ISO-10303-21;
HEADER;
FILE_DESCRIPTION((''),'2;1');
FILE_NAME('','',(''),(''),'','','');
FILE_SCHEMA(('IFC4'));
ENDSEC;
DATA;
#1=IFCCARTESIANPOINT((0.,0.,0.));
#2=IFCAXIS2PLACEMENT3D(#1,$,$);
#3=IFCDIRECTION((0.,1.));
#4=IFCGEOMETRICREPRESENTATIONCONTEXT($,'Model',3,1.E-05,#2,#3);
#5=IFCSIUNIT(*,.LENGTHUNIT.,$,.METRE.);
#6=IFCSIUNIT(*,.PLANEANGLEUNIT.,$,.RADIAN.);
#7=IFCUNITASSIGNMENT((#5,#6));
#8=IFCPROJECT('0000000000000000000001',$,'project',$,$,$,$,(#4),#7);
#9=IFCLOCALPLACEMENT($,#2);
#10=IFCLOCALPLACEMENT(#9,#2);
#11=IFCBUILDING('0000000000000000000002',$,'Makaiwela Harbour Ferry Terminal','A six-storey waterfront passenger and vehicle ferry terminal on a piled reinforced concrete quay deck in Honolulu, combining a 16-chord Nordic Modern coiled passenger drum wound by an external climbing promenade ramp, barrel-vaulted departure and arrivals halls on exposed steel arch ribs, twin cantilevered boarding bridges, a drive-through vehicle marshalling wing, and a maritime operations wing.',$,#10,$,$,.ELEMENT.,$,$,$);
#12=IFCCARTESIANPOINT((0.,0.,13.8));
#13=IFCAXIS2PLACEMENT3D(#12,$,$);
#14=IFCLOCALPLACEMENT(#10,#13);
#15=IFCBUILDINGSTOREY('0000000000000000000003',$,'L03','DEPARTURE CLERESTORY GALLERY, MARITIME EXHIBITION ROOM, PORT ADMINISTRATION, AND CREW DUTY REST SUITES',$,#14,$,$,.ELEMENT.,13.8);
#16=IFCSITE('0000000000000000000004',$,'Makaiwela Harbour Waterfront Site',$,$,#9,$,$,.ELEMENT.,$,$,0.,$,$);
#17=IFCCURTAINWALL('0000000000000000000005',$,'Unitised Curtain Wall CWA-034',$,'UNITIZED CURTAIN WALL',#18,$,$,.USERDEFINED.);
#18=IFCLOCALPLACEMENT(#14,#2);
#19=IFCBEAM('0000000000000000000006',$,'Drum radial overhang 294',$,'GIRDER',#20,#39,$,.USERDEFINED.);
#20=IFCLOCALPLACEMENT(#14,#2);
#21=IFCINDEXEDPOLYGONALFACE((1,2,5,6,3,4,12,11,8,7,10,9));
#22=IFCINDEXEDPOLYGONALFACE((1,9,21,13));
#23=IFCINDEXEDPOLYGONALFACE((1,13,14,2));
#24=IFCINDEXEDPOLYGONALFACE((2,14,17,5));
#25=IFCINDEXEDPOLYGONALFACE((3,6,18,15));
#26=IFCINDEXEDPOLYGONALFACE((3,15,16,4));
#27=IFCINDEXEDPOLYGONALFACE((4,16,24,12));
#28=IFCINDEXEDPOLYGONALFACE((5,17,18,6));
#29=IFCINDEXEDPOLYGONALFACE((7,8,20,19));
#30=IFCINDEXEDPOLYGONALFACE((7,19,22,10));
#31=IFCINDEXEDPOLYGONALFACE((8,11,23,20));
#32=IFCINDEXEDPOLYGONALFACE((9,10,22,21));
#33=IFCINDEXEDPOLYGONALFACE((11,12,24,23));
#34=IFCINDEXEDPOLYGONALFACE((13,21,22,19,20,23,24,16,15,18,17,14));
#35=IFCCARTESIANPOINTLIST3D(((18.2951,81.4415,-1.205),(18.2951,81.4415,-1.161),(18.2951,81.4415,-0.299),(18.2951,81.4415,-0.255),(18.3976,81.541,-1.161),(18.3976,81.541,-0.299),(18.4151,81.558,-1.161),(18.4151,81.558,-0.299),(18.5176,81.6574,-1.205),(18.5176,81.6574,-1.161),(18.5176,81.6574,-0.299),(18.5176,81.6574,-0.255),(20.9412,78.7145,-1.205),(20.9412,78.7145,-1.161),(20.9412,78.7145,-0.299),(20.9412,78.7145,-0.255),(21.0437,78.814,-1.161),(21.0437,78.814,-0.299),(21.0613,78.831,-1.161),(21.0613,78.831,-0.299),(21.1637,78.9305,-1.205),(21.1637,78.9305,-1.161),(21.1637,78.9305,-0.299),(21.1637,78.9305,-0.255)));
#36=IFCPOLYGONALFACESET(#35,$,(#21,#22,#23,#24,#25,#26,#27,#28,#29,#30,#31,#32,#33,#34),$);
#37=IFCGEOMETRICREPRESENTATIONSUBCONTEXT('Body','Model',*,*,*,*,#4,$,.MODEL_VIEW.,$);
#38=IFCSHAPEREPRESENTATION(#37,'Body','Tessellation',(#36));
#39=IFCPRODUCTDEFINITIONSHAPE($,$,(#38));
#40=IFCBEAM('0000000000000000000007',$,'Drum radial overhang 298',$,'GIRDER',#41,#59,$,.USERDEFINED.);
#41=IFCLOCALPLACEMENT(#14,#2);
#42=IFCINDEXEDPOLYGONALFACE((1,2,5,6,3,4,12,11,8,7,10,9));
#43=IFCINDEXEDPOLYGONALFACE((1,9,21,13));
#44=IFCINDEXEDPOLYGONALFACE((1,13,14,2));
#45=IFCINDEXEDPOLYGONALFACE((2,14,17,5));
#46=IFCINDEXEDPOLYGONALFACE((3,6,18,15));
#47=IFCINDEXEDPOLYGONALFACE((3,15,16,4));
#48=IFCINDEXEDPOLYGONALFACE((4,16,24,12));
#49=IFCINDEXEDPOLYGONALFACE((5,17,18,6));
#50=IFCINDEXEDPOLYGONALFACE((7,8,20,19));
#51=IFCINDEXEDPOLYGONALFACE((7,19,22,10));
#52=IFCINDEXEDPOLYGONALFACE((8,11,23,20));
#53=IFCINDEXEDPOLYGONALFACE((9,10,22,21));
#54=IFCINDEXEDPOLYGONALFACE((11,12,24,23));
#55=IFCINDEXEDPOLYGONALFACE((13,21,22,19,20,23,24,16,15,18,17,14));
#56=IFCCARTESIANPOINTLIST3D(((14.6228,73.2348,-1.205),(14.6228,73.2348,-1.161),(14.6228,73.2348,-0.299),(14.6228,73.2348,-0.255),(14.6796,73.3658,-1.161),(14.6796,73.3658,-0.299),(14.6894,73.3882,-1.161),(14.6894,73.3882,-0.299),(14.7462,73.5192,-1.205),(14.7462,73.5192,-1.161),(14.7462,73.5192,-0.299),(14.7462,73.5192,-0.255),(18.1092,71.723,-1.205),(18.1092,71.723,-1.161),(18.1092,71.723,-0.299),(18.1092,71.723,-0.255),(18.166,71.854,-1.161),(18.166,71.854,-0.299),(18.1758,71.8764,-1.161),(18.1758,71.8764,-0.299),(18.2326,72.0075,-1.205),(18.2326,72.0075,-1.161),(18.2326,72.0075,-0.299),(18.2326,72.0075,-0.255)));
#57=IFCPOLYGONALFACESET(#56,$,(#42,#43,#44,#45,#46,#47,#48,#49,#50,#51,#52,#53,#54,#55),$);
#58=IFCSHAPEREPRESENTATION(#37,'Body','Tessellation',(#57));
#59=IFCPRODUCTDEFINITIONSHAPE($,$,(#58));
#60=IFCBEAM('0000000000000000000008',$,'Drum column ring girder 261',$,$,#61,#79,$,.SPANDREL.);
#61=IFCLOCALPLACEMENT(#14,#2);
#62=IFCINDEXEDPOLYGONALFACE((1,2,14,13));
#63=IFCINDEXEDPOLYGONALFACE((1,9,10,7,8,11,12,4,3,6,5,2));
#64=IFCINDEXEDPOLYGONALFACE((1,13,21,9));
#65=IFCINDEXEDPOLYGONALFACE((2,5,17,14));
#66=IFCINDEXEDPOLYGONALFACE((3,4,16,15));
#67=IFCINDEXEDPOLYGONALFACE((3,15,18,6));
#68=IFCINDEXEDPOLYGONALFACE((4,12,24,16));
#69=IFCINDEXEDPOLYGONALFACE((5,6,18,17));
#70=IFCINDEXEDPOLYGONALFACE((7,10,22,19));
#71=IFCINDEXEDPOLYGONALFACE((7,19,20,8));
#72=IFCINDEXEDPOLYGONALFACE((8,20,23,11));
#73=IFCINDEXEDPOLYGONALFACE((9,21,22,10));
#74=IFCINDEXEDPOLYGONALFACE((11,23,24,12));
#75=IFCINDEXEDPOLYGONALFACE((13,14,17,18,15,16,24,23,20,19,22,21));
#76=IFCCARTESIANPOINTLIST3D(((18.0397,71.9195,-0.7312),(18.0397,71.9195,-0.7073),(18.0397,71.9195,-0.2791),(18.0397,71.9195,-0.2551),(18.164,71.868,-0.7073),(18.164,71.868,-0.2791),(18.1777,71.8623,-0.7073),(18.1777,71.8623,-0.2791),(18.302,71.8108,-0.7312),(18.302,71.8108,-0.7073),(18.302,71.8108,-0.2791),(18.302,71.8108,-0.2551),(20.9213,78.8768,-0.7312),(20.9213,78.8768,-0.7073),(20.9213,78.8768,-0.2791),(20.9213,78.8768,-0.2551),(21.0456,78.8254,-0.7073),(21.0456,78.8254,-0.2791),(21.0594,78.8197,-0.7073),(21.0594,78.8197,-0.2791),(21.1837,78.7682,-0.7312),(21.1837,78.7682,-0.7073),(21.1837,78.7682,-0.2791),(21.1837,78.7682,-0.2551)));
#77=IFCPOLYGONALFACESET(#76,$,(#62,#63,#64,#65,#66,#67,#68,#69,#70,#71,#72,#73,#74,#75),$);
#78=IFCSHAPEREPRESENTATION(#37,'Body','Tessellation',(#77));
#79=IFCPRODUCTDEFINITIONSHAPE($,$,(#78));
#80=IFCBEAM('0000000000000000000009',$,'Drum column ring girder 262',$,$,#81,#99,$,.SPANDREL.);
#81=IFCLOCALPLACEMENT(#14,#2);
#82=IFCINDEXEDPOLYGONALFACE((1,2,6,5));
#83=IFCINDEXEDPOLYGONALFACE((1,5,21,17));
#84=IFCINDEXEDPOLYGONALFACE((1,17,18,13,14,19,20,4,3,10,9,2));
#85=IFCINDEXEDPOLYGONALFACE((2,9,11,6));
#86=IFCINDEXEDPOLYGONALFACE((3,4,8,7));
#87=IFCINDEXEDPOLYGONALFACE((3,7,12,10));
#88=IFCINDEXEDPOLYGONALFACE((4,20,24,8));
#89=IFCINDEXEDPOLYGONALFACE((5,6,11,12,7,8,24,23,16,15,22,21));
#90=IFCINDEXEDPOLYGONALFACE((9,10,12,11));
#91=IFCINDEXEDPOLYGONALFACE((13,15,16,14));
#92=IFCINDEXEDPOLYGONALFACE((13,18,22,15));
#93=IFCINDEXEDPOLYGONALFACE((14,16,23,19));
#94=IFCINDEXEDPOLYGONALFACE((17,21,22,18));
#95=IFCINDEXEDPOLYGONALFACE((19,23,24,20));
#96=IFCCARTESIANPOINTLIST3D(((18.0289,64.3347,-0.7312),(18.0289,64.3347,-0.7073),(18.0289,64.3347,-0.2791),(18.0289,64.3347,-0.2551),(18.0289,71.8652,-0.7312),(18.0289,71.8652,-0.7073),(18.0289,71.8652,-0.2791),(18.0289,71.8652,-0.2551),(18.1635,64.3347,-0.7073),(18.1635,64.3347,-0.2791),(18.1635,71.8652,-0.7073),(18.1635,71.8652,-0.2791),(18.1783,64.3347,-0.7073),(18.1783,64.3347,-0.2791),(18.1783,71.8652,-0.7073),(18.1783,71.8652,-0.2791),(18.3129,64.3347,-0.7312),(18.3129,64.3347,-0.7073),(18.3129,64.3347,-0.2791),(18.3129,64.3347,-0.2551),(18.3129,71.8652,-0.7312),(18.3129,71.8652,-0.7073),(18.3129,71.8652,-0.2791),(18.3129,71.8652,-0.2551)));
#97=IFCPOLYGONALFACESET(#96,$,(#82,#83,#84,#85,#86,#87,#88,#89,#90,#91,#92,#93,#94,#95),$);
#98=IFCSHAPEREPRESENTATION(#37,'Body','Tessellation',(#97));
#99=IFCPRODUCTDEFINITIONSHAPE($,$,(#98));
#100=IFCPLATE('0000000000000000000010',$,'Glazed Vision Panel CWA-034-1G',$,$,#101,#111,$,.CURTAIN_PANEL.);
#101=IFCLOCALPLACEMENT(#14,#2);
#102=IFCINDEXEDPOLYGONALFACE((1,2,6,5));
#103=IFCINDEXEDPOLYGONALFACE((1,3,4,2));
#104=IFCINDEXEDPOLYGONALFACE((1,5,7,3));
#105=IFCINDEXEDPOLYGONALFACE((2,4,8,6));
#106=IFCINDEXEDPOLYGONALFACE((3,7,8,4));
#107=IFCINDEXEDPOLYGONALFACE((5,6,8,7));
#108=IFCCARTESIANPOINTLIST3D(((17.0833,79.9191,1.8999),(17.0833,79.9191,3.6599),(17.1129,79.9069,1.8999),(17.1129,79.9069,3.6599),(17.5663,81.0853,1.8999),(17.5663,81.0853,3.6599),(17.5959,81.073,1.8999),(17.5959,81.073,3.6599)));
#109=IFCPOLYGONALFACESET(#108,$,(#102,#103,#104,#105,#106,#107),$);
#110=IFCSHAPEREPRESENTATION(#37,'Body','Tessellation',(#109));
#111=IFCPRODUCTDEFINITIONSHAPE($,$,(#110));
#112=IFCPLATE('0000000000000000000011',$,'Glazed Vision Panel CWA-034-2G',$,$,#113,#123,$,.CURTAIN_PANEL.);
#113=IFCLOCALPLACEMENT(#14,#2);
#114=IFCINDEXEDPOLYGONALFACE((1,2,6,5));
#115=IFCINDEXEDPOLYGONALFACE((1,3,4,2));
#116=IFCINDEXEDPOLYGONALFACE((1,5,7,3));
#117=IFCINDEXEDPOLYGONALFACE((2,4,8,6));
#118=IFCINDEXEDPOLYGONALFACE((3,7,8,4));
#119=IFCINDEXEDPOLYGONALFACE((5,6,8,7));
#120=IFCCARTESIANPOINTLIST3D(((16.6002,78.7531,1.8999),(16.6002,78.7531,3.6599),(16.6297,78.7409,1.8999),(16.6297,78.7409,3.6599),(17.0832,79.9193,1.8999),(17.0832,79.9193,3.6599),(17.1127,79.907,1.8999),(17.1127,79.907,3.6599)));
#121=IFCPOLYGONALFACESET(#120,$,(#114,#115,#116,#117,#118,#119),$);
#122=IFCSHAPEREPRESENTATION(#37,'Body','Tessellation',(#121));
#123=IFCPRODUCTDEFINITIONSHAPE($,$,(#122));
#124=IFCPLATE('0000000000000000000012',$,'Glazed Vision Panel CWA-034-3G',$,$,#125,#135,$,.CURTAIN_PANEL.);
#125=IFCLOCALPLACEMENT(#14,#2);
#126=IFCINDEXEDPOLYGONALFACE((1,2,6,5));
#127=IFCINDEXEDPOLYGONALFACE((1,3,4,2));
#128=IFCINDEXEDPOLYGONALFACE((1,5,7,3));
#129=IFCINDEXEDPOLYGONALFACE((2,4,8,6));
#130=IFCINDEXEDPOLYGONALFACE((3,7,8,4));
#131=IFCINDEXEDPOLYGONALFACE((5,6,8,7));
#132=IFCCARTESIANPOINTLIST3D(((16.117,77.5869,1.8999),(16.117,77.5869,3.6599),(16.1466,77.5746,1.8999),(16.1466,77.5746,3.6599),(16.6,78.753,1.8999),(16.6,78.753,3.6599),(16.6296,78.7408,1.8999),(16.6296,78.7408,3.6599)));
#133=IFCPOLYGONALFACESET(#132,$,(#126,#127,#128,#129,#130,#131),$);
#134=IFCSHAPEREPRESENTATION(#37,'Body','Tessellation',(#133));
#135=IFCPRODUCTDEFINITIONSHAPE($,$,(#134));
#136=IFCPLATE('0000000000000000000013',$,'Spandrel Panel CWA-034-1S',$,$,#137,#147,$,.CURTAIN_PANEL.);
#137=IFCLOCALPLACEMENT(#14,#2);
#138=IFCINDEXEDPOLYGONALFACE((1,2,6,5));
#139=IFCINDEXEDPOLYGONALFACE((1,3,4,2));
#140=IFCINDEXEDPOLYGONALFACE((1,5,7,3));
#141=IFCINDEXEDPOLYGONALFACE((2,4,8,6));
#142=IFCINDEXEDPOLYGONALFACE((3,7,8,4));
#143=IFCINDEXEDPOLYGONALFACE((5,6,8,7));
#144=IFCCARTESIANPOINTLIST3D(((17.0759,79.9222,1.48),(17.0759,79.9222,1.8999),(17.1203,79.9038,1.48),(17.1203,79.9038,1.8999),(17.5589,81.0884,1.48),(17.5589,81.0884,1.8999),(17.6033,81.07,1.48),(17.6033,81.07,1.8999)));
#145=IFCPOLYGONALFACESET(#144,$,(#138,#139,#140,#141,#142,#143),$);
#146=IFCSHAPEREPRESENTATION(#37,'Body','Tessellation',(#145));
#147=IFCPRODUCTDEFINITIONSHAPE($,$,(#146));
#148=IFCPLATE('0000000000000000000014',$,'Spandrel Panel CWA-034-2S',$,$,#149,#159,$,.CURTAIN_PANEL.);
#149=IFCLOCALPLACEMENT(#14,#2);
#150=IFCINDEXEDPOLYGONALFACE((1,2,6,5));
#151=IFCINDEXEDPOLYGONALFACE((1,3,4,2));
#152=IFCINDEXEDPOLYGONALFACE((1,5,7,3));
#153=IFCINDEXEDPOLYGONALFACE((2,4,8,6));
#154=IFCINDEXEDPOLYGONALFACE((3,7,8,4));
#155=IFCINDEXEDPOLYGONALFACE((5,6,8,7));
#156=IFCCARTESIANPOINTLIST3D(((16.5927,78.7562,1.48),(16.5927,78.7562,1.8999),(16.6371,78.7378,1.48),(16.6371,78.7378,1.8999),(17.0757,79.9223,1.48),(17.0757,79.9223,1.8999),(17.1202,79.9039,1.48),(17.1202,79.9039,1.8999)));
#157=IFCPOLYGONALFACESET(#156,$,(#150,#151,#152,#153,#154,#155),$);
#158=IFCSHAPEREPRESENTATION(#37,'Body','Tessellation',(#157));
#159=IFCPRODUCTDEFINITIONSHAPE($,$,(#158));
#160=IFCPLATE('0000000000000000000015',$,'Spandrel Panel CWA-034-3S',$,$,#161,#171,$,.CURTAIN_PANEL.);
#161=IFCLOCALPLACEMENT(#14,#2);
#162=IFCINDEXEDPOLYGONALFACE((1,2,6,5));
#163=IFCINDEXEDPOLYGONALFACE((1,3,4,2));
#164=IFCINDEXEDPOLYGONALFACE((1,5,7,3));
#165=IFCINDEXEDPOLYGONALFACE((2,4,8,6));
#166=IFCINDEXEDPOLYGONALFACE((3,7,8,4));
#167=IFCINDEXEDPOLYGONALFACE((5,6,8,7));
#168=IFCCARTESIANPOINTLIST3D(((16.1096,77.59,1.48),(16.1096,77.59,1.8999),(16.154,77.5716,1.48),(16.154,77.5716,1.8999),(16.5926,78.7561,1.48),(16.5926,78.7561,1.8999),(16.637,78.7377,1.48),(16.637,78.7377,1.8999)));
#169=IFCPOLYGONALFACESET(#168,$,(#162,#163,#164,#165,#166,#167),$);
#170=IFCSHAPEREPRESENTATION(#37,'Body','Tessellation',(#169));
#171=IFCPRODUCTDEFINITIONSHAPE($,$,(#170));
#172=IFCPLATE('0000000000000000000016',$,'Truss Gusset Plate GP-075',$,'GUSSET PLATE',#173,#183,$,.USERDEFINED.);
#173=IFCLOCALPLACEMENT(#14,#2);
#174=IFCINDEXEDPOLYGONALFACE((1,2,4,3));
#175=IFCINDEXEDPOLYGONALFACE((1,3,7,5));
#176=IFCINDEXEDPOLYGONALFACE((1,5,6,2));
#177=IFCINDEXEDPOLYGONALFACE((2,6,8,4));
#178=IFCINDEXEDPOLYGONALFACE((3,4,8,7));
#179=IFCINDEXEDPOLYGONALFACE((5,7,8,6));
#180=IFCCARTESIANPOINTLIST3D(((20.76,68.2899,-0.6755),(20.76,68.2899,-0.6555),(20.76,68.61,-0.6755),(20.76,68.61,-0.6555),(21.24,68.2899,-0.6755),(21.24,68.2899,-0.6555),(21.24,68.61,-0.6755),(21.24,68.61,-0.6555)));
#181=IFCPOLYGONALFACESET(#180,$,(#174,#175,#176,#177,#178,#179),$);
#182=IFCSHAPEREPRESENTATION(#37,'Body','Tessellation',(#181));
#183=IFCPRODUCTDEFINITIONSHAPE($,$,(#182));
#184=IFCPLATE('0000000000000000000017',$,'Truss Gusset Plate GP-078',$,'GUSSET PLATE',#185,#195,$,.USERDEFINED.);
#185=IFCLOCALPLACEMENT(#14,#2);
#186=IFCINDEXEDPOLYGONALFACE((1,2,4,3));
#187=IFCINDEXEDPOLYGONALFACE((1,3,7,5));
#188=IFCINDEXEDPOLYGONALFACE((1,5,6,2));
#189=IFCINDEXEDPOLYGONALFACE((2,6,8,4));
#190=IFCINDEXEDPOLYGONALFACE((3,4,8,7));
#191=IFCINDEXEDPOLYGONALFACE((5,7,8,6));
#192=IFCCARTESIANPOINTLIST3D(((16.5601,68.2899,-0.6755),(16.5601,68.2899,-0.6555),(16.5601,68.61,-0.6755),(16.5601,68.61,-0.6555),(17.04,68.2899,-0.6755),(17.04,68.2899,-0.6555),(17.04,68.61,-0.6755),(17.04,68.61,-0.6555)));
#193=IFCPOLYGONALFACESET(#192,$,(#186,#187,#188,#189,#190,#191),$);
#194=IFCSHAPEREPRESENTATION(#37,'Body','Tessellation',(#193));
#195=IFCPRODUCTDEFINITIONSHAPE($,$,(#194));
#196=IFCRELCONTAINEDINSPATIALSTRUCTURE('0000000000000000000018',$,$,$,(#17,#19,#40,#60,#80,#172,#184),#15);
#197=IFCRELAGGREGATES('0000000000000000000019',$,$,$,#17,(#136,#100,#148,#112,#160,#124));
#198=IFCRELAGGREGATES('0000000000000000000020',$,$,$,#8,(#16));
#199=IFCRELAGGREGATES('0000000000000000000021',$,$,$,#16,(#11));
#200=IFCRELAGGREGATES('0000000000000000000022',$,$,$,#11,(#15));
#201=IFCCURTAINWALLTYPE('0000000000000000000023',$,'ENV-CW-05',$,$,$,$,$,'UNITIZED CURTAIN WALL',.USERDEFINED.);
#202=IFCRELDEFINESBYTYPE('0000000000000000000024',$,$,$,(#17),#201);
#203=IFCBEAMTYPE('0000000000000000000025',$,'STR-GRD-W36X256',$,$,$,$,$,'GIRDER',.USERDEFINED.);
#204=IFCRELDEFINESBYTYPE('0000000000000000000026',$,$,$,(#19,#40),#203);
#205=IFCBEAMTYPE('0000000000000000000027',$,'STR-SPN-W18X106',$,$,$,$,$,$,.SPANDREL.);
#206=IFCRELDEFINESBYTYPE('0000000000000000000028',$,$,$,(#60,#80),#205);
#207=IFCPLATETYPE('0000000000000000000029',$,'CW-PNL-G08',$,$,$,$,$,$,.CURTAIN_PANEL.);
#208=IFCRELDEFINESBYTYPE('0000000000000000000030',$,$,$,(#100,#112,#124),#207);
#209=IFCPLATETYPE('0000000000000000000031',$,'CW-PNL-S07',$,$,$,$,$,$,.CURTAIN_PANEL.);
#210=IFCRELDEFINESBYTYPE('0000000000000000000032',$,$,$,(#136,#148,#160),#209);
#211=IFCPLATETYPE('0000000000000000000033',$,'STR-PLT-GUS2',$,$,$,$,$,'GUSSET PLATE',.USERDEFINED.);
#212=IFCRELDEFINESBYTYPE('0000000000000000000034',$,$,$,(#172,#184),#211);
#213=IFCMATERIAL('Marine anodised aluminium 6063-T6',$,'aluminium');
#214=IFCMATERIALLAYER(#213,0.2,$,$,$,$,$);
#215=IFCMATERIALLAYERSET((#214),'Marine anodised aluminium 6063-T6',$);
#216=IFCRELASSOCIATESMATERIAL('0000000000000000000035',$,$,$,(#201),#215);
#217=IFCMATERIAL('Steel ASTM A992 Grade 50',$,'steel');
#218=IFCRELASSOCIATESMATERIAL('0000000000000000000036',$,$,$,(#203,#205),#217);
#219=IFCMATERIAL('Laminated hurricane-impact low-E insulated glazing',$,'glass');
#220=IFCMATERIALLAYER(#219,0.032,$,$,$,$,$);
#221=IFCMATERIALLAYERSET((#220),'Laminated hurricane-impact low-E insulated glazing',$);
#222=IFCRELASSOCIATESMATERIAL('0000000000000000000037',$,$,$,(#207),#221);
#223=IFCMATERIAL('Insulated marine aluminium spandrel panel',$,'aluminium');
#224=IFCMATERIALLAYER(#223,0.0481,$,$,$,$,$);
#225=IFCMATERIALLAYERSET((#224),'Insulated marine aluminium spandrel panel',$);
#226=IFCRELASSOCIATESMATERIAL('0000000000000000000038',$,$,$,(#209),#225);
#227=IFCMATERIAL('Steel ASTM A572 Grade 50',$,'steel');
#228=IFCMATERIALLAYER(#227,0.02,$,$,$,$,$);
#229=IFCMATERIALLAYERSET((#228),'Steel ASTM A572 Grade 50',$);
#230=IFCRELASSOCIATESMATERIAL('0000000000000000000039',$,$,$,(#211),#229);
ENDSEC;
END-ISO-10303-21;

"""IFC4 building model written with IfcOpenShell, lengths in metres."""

from ifc_helpers import new_model, si_unit, direction, frame, origin, origin_2d, place, context, subcontext, project, spatial, rectangle, i_section, extrude, material, layer, layer_set, material_profile, profile_set, type_object, element, aggregate, save


model = new_model("IFC4")

# Units and contexts
model_context = context("Model", 3, precision=1e-05, world=origin(), true_north=direction((0.0, 1.0)))
body_context = subcontext(model_context, "Body", "Model", "MODEL_VIEW")
ifc_project = project(units=[si_unit("LENGTHUNIT", "METRE"), si_unit("PLANEANGLEUNIT", "RADIAN")], contexts=[model_context])

# Site, building, storey
site_placement = place(None, origin())
site = spatial("IfcSite", under=ifc_project, at=site_placement, Name="Makaiwela Harbour Waterfront Site", CompositionType="ELEMENT", RefElevation=0.0)
building_placement = place(site_placement, origin())
building = spatial("IfcBuilding", under=site, at=building_placement, Name="Makaiwela Harbour Ferry Terminal", Description="A six-storey waterfront passenger and vehicle ferry terminal on a piled reinforced concrete quay deck in Honolulu, combining a 16-chord Nordic Modern coiled passenger drum wound by an external climbing promenade ramp, barrel-vaulted departure and arrivals halls on exposed steel arch ribs, twin cantilevered boarding bridges, a drive-through vehicle marshalling wing, and a maritime operations wing.", CompositionType="ELEMENT")
storey_placement = place(building_placement, frame((0.0, 0.0, 13.8)))
storey = spatial("IfcBuildingStorey", under=building, at=storey_placement, Name="L03", Description="DEPARTURE CLERESTORY GALLERY, MARITIME EXHIBITION ROOM, PORT ADMINISTRATION, AND CREW DUTY REST SUITES", CompositionType="ELEMENT", Elevation=13.8)

# Shared definitions
ifc_material_1 = material(Name="Steel ASTM A992 Grade 50", Category="steel")

# Curtain wall
ifc_material_2 = material(Name="Marine anodised aluminium 6063-T6", Category="aluminium")
ifc_layer_1 = layer(ifc_material_2, 0.2)
ifc_layer_set_1 = layer_set([ifc_layer_1], Name="Marine anodised aluminium 6063-T6")
curtain_wall_type = type_object("IfcCurtainWallType", Name="ENV-CW-05", ElementType="UNITIZED CURTAIN WALL", PredefinedType="USERDEFINED", material=ifc_layer_set_1)
curtain_wall_placement = place(storey_placement, origin())
curtain_wall = element("IfcCurtainWall", 1, at=curtain_wall_placement, inside=storey, type_object=curtain_wall_type, Name="Unitised Curtain Wall CWA-034", ObjectType="UNITIZED CURTAIN WALL", PredefinedType="USERDEFINED")

# Beams
ifc_material_profile_1 = material_profile(ifc_material_1, i_section(OverallWidth=0.3101, OverallDepth=0.95, WebThickness=0.0244, FlangeThickness=0.0439, at=origin_2d()), Name="W36X256")
ifc_profile_set_1 = profile_set([ifc_material_profile_1], Name="Steel ASTM A992 Grade 50")
beam_type_1 = type_object("IfcBeamType", Name="STR-GRD-W36X256", ElementType="GIRDER", PredefinedType="USERDEFINED", material=ifc_profile_set_1)
beam_1_placement = place(storey_placement, frame((21.0525, 78.8225, -0.73), z_axis=(-0.696394, 0.71766, 0.0), x_axis=(-0.71766, -0.696394, 0.0)))
element("IfcBeam", 2, at=beam_1_placement, inside=storey, type_object=beam_type_1, Name="Drum radial overhang 294", ObjectType="GIRDER", PredefinedType="USERDEFINED", context=body_context, shape_type="SweptSolid", body=[
    extrude(i_section(OverallWidth=0.3101, OverallDepth=0.95, WebThickness=0.0244, FlangeThickness=0.0439, at=origin_2d()), origin(), (0.0, 0.0, 1.0), 3.7998),
])
beam_2_placement = place(storey_placement, frame((18.1709, 71.8652, -0.73), z_axis=(-0.917462, 0.397824, 0.0), x_axis=(-0.397824, -0.917462, 0.0)))
element("IfcBeam", 3, at=beam_2_placement, inside=storey, type_object=beam_type_1, Name="Drum radial overhang 298", ObjectType="GIRDER", PredefinedType="USERDEFINED", context=body_context, shape_type="SweptSolid", body=[
    extrude(i_section(OverallWidth=0.3101, OverallDepth=0.95, WebThickness=0.0244, FlangeThickness=0.0439, at=origin_2d()), origin(), (0.0, 0.0, 1.0), 3.8),
])
ifc_material_profile_2 = material_profile(ifc_material_1, i_section(OverallWidth=0.2839, OverallDepth=0.4761, WebThickness=0.0149, FlangeThickness=0.0239, at=origin_2d()), Name="W18X106")
ifc_profile_set_2 = profile_set([ifc_material_profile_2], Name="Steel ASTM A992 Grade 50")
beam_type_2 = type_object("IfcBeamType", Name="STR-SPN-W18X106", PredefinedType="SPANDREL", material=ifc_profile_set_2)
for number, where, z_axis, x_axis, name in (
    (4, (21.0525, 78.8225, -0.4932), (-0.38266, -0.923889, 0.0), (0.923889, -0.38266, 0.0), "Drum column ring girder 261"),
    (5, (18.1709, 71.8652, -0.4932), (0.0, -1.0, 0.0), (1.0, 0.0, 0.0), "Drum column ring girder 262"),
):
    element("IfcBeam", number, at=place(storey_placement, frame(where, z_axis=z_axis, x_axis=x_axis)), inside=storey, type_object=beam_type_2, Name=name, PredefinedType="SPANDREL", context=body_context, shape_type="SweptSolid", body=[
        extrude(i_section(OverallWidth=0.2839, OverallDepth=0.4761, WebThickness=0.0149, FlangeThickness=0.0239, at=origin_2d()), origin(), (0.0, 0.0, 1.0), 7.5305),
    ])

# Plates
ifc_material_3 = material(Name="Laminated hurricane-impact low-E insulated glazing", Category="glass")
ifc_layer_2 = layer(ifc_material_3, 0.032)
ifc_layer_set_2 = layer_set([ifc_layer_2], Name="Laminated hurricane-impact low-E insulated glazing")
plate_type_1 = type_object("IfcPlateType", Name="CW-PNL-G08", PredefinedType="CURTAIN_PANEL", material=ifc_layer_set_2)
plate_1_placement = place(storey_placement, frame((17.3396, 80.4961, 1.8999), z_axis=(0.0, 0.0, 1.0), x_axis=(-0.382683, -0.92388, 0.0)))
plate_1 = element("IfcPlate", 6, at=plate_1_placement, type_object=plate_type_1, Name="Glazed Vision Panel CWA-034-1G", PredefinedType="CURTAIN_PANEL", context=body_context, shape_type="SweptSolid", body=[
    extrude(rectangle(XDim=1.2622, YDim=0.032, at=origin_2d()), origin(), (0.0, 0.0, 1.0), 1.76),
])
plate_2_placement = place(storey_placement, frame((16.8564, 79.3301, 1.8999), z_axis=(0.0, 0.0, 1.0), x_axis=(-0.382683, -0.92388, 0.0)))
plate_2 = element("IfcPlate", 7, at=plate_2_placement, type_object=plate_type_1, Name="Glazed Vision Panel CWA-034-2G", PredefinedType="CURTAIN_PANEL", context=body_context, shape_type="SweptSolid", body=[
    extrude(rectangle(XDim=1.2622, YDim=0.032, at=origin_2d()), origin(), (0.0, 0.0, 1.0), 1.76),
])
plate_3_placement = place(storey_placement, frame((16.3733, 78.1638, 1.8999), z_axis=(0.0, 0.0, 1.0), x_axis=(-0.382683, -0.92388, 0.0)))
plate_3 = element("IfcPlate", 8, at=plate_3_placement, type_object=plate_type_1, Name="Glazed Vision Panel CWA-034-3G", PredefinedType="CURTAIN_PANEL", context=body_context, shape_type="SweptSolid", body=[
    extrude(rectangle(XDim=1.2622, YDim=0.032, at=origin_2d()), origin(), (0.0, 0.0, 1.0), 1.76),
])
ifc_material_4 = material(Name="Insulated marine aluminium spandrel panel", Category="aluminium")
ifc_layer_3 = layer(ifc_material_4, 0.0481)
ifc_layer_set_3 = layer_set([ifc_layer_3], Name="Insulated marine aluminium spandrel panel")
plate_type_2 = type_object("IfcPlateType", Name="CW-PNL-S07", PredefinedType="CURTAIN_PANEL", material=ifc_layer_set_3)
plate_4_placement = place(storey_placement, frame((17.3396, 80.4961, 1.48), z_axis=(0.0, 0.0, 1.0), x_axis=(-0.382683, -0.92388, 0.0)))
plate_4 = element("IfcPlate", 9, at=plate_4_placement, type_object=plate_type_2, Name="Spandrel Panel CWA-034-1S", PredefinedType="CURTAIN_PANEL", context=body_context, shape_type="SweptSolid", body=[
    extrude(rectangle(XDim=1.2622, YDim=0.0481, at=origin_2d()), origin(), (0.0, 0.0, 1.0), 0.4199),
])
plate_5_placement = place(storey_placement, frame((16.8564, 79.3301, 1.48), z_axis=(0.0, 0.0, 1.0), x_axis=(-0.382683, -0.92388, 0.0)))
plate_5 = element("IfcPlate", 10, at=plate_5_placement, type_object=plate_type_2, Name="Spandrel Panel CWA-034-2S", PredefinedType="CURTAIN_PANEL", context=body_context, shape_type="SweptSolid", body=[
    extrude(rectangle(XDim=1.2622, YDim=0.0481, at=origin_2d()), origin(), (0.0, 0.0, 1.0), 0.4199),
])
plate_6_placement = place(storey_placement, frame((16.3733, 78.1638, 1.48), z_axis=(0.0, 0.0, 1.0), x_axis=(-0.382683, -0.92388, 0.0)))
plate_6 = element("IfcPlate", 11, at=plate_6_placement, type_object=plate_type_2, Name="Spandrel Panel CWA-034-3S", PredefinedType="CURTAIN_PANEL", context=body_context, shape_type="SweptSolid", body=[
    extrude(rectangle(XDim=1.2622, YDim=0.0481, at=origin_2d()), origin(), (0.0, 0.0, 1.0), 0.4199),
])
aggregate(curtain_wall, [plate_4, plate_1, plate_5, plate_2, plate_6, plate_3])

# Plates
ifc_material_5 = material(Name="Steel ASTM A572 Grade 50", Category="steel")
ifc_layer_4 = layer(ifc_material_5, 0.02)
ifc_layer_set_4 = layer_set([ifc_layer_4], Name="Steel ASTM A572 Grade 50")
plate_type_3 = type_object("IfcPlateType", Name="STR-PLT-GUS2", ElementType="GUSSET PLATE", PredefinedType="USERDEFINED", material=ifc_layer_set_4)
for number, where, z_axis, x_axis, name in (
    (12, (21.0, 68.45, -0.6755), (0.0, 0.0, 1.0), (1.0, 0.0, 0.0), "Truss Gusset Plate GP-075"),
    (13, (16.8, 68.45, -0.6755), (0.0, 0.0, 1.0), (1.0, 0.0, 0.0), "Truss Gusset Plate GP-078"),
):
    element("IfcPlate", number, at=place(storey_placement, frame(where, z_axis=z_axis, x_axis=x_axis)), inside=storey, type_object=plate_type_3, Name=name, ObjectType="GUSSET PLATE", PredefinedType="USERDEFINED", context=body_context, shape_type="SweptSolid", body=[
        extrude(rectangle(XDim=0.48, YDim=0.3201, at=origin_2d()), origin(), (0.0, 0.0, 1.0), 0.02),
    ])

save(model, "model.ifc")
